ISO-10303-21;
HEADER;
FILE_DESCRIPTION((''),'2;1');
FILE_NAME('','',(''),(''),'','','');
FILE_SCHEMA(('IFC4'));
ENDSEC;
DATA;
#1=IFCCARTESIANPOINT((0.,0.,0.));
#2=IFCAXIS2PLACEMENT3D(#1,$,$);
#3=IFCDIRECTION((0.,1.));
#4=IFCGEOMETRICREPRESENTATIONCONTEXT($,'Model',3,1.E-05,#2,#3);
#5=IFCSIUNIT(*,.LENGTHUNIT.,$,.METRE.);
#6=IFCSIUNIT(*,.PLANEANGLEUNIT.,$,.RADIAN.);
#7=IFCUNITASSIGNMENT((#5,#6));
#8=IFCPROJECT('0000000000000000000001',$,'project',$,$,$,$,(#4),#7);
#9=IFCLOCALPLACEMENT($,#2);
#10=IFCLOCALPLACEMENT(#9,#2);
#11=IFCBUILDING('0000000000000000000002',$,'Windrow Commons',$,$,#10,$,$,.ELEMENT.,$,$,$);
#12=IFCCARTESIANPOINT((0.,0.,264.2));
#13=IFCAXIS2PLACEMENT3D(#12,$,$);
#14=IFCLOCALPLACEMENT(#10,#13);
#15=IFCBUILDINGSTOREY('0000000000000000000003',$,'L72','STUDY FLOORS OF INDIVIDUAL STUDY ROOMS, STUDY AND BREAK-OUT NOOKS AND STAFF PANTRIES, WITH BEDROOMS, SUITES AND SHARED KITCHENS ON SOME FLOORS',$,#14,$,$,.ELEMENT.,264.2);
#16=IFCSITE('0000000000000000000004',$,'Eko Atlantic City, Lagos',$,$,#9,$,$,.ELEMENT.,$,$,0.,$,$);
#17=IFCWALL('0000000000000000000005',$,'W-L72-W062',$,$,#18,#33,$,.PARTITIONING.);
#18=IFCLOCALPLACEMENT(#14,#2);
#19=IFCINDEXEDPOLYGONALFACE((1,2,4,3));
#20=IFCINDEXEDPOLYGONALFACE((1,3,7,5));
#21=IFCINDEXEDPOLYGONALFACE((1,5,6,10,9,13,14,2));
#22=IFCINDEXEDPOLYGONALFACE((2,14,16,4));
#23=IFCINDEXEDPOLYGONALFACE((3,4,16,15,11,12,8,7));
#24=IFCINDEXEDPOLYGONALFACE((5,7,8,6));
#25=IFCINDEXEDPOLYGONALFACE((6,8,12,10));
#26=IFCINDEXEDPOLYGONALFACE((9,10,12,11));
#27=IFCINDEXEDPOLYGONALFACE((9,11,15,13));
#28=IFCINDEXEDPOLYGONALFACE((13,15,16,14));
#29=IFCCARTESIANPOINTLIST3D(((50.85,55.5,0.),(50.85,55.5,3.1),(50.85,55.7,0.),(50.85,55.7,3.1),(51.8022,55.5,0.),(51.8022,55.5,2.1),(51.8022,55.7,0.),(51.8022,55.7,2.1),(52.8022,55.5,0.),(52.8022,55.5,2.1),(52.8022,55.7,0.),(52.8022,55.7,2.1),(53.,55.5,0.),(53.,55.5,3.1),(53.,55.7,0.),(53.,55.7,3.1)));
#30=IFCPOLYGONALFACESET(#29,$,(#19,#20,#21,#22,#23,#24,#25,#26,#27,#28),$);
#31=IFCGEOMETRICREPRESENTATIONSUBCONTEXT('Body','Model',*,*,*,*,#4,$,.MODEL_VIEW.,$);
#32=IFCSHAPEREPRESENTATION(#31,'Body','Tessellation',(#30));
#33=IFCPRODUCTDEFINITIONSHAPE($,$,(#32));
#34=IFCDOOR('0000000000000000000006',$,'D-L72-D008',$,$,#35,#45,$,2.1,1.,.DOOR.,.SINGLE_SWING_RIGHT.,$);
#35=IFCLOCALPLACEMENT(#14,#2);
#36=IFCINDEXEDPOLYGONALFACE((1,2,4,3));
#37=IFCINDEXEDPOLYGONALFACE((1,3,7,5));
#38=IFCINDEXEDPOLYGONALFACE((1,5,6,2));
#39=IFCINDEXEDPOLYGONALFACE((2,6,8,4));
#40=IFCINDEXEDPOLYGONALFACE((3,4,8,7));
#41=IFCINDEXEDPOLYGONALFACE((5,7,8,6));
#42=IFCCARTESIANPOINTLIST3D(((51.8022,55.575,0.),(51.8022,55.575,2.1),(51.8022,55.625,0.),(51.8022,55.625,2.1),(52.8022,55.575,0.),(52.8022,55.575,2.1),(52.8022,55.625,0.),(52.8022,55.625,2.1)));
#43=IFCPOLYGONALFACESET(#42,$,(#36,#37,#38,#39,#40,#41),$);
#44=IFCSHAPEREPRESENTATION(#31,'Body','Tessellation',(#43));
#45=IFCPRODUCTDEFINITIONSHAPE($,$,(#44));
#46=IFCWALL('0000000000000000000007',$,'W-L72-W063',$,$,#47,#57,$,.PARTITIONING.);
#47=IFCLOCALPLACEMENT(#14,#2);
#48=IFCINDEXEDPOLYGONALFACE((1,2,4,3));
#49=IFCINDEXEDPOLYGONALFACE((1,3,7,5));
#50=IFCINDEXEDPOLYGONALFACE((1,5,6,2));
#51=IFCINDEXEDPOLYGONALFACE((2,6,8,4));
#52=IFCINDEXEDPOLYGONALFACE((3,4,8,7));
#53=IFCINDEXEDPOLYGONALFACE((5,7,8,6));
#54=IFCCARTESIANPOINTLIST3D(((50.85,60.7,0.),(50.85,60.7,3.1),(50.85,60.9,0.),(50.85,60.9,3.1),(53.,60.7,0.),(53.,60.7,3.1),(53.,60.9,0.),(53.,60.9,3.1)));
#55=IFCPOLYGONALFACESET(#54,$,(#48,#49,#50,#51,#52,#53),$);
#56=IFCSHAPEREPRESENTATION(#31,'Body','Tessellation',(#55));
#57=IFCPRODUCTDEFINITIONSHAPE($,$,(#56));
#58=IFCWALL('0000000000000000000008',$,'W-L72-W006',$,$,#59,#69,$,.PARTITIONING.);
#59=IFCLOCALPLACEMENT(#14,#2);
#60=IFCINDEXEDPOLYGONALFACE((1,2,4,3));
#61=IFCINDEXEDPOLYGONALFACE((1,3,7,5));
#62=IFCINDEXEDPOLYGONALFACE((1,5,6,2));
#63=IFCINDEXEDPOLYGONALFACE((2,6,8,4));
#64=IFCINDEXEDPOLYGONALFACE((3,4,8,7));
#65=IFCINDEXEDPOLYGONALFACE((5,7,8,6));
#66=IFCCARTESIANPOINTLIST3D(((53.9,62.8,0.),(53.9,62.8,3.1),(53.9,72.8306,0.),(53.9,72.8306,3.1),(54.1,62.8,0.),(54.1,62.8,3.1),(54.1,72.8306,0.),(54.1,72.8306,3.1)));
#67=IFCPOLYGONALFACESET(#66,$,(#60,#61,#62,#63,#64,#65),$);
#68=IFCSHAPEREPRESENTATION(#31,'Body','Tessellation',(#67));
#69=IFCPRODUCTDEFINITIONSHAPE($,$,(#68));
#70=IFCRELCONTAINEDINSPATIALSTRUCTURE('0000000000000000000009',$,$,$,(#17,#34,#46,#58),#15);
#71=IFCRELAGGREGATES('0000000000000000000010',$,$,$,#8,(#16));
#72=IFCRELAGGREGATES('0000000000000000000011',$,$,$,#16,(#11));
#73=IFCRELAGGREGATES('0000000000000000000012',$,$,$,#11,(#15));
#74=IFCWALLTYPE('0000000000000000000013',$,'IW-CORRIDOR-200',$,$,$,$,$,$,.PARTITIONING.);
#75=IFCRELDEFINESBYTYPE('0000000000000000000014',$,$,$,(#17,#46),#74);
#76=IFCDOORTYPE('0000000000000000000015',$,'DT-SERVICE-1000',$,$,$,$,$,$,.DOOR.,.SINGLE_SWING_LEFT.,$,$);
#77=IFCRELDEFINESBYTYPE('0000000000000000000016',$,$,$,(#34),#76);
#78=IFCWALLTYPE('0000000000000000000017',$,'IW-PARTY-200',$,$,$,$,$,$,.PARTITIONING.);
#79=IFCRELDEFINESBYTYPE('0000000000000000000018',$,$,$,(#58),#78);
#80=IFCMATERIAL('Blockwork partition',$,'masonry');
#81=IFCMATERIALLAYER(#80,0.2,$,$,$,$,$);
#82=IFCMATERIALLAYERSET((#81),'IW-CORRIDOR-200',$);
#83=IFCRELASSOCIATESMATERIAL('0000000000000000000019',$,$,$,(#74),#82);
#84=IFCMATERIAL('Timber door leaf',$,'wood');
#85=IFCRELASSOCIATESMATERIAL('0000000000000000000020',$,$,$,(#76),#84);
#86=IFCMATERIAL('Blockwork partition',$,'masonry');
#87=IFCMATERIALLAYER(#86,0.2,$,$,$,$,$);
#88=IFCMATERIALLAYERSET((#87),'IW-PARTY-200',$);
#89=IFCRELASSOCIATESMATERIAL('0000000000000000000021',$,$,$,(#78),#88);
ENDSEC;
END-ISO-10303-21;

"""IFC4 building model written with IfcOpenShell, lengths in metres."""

from ifc_helpers import new_model, si_unit, direction, frame, frame_2d, origin, place, context, subcontext, project, spatial, rectangle, extrude, material, layer, layer_set, type_object, element, fill, save


model = new_model("IFC4")

# Units and contexts
model_context = context("Model", 3, precision=1e-05, world=origin(), true_north=direction((0.0, 1.0)))
body_context = subcontext(model_context, "Body", "Model", "MODEL_VIEW")
ifc_project = project(units=[si_unit("LENGTHUNIT", "METRE"), si_unit("PLANEANGLEUNIT", "RADIAN")], contexts=[model_context])

# Site, building, storey
site_placement = place(None, origin())
site = spatial("IfcSite", under=ifc_project, at=site_placement, Name="Eko Atlantic City, Lagos", CompositionType="ELEMENT", RefElevation=0.0)
building_placement = place(site_placement, origin())
building = spatial("IfcBuilding", under=site, at=building_placement, Name="Windrow Commons", CompositionType="ELEMENT")
storey_placement = place(building_placement, frame((0.0, 0.0, 264.2)))
storey = spatial("IfcBuildingStorey", under=building, at=storey_placement, Name="L72", Description="STUDY FLOORS OF INDIVIDUAL STUDY ROOMS, STUDY AND BREAK-OUT NOOKS AND STAFF PANTRIES, WITH BEDROOMS, SUITES AND SHARED KITCHENS ON SOME FLOORS", CompositionType="ELEMENT", Elevation=264.2)

# Shared definitions
ifc_material_1 = material(Name="Blockwork partition", Category="masonry")
ifc_layer_1 = layer(ifc_material_1, 0.2)
ifc_layer_set_1 = layer_set([ifc_layer_1], Name="IW-CORRIDOR-200")
wall_type_1 = type_object("IfcWallType", Name="IW-CORRIDOR-200", PredefinedType="PARTITIONING", material=ifc_layer_set_1)

# Wall, opening, door
wall_1_placement = place(storey_placement, frame((50.85, 55.6, 0.0), z_axis=(0.0, 0.0, 1.0), x_axis=(1.0, 0.0, 0.0)))
wall_1 = element("IfcWall", 1, at=wall_1_placement, inside=storey, type_object=wall_type_1, Name="W-L72-W062", PredefinedType="PARTITIONING", context=body_context, shape_type="SweptSolid", body=[
    extrude(rectangle(XDim=2.15, YDim=0.2, at=frame_2d((1.075, 0.0))), origin(), (0.0, 0.0, 1.0), 3.1),
])
opening_1_placement = place(wall_1_placement, frame((0.9522, 0.0, 0.0)))
opening_1 = element("IfcOpeningElement", 2, at=opening_1_placement, cuts=wall_1, PredefinedType="OPENING", context=body_context, shape_type="SweptSolid", body=[
    extrude(rectangle(XDim=1.0, YDim=2.1, at=frame_2d((0.5, 1.05))), frame((0.0, 0.11, 0.0), z_axis=(0.0, -1.0, 0.0), x_axis=(1.0, 0.0, 0.0)), (0.0, 0.0, 1.0), 0.22),
])
ifc_material_2 = material(Name="Timber door leaf", Category="wood")
door_type_1 = type_object("IfcDoorType", Name="DT-SERVICE-1000", OperationType="SINGLE_SWING_LEFT", PredefinedType="DOOR", material=ifc_material_2)
door_1_placement = place(opening_1_placement, origin())
door_1 = element("IfcDoor", 3, at=door_1_placement, inside=storey, type_object=door_type_1, Name="D-L72-D008", OperationType="SINGLE_SWING_RIGHT", OverallHeight=2.1, OverallWidth=1.0, PredefinedType="DOOR", context=body_context, shape_type="SweptSolid", body=[
    extrude(rectangle(XDim=1.0, YDim=2.1, at=frame_2d((0.5, 1.05))), frame((0.0, 0.025, 0.0), z_axis=(0.0, -1.0, 0.0), x_axis=(1.0, 0.0, 0.0)), (0.0, 0.0, 1.0), 0.05),
])
fill(opening_1, door_1)

# Walls
wall_2_placement = place(storey_placement, frame((50.85, 60.8, 0.0), z_axis=(0.0, 0.0, 1.0), x_axis=(1.0, 0.0, 0.0)))
element("IfcWall", 4, at=wall_2_placement, inside=storey, type_object=wall_type_1, Name="W-L72-W063", PredefinedType="PARTITIONING", context=body_context, shape_type="SweptSolid", body=[
    extrude(rectangle(XDim=2.15, YDim=0.2, at=frame_2d((1.075, 0.0))), origin(), (0.0, 0.0, 1.0), 3.1),
])
ifc_material_3 = material(Name="Blockwork partition", Category="masonry")
ifc_layer_2 = layer(ifc_material_3, 0.2)
ifc_layer_set_2 = layer_set([ifc_layer_2], Name="IW-PARTY-200")
wall_type_2 = type_object("IfcWallType", Name="IW-PARTY-200", PredefinedType="PARTITIONING", material=ifc_layer_set_2)
wall_3_placement = place(storey_placement, frame((54.0, 62.8, 0.0), z_axis=(0.0, 0.0, 1.0), x_axis=(0.0, 1.0, 0.0)))
element("IfcWall", 5, at=wall_3_placement, inside=storey, type_object=wall_type_2, Name="W-L72-W006", PredefinedType="PARTITIONING", context=body_context, shape_type="SweptSolid", body=[
    extrude(rectangle(XDim=10.0306, YDim=0.2, at=frame_2d((5.0153, 0.0))), origin(), (0.0, 0.0, 1.0), 3.1),
])

save(model, "model.ifc")
